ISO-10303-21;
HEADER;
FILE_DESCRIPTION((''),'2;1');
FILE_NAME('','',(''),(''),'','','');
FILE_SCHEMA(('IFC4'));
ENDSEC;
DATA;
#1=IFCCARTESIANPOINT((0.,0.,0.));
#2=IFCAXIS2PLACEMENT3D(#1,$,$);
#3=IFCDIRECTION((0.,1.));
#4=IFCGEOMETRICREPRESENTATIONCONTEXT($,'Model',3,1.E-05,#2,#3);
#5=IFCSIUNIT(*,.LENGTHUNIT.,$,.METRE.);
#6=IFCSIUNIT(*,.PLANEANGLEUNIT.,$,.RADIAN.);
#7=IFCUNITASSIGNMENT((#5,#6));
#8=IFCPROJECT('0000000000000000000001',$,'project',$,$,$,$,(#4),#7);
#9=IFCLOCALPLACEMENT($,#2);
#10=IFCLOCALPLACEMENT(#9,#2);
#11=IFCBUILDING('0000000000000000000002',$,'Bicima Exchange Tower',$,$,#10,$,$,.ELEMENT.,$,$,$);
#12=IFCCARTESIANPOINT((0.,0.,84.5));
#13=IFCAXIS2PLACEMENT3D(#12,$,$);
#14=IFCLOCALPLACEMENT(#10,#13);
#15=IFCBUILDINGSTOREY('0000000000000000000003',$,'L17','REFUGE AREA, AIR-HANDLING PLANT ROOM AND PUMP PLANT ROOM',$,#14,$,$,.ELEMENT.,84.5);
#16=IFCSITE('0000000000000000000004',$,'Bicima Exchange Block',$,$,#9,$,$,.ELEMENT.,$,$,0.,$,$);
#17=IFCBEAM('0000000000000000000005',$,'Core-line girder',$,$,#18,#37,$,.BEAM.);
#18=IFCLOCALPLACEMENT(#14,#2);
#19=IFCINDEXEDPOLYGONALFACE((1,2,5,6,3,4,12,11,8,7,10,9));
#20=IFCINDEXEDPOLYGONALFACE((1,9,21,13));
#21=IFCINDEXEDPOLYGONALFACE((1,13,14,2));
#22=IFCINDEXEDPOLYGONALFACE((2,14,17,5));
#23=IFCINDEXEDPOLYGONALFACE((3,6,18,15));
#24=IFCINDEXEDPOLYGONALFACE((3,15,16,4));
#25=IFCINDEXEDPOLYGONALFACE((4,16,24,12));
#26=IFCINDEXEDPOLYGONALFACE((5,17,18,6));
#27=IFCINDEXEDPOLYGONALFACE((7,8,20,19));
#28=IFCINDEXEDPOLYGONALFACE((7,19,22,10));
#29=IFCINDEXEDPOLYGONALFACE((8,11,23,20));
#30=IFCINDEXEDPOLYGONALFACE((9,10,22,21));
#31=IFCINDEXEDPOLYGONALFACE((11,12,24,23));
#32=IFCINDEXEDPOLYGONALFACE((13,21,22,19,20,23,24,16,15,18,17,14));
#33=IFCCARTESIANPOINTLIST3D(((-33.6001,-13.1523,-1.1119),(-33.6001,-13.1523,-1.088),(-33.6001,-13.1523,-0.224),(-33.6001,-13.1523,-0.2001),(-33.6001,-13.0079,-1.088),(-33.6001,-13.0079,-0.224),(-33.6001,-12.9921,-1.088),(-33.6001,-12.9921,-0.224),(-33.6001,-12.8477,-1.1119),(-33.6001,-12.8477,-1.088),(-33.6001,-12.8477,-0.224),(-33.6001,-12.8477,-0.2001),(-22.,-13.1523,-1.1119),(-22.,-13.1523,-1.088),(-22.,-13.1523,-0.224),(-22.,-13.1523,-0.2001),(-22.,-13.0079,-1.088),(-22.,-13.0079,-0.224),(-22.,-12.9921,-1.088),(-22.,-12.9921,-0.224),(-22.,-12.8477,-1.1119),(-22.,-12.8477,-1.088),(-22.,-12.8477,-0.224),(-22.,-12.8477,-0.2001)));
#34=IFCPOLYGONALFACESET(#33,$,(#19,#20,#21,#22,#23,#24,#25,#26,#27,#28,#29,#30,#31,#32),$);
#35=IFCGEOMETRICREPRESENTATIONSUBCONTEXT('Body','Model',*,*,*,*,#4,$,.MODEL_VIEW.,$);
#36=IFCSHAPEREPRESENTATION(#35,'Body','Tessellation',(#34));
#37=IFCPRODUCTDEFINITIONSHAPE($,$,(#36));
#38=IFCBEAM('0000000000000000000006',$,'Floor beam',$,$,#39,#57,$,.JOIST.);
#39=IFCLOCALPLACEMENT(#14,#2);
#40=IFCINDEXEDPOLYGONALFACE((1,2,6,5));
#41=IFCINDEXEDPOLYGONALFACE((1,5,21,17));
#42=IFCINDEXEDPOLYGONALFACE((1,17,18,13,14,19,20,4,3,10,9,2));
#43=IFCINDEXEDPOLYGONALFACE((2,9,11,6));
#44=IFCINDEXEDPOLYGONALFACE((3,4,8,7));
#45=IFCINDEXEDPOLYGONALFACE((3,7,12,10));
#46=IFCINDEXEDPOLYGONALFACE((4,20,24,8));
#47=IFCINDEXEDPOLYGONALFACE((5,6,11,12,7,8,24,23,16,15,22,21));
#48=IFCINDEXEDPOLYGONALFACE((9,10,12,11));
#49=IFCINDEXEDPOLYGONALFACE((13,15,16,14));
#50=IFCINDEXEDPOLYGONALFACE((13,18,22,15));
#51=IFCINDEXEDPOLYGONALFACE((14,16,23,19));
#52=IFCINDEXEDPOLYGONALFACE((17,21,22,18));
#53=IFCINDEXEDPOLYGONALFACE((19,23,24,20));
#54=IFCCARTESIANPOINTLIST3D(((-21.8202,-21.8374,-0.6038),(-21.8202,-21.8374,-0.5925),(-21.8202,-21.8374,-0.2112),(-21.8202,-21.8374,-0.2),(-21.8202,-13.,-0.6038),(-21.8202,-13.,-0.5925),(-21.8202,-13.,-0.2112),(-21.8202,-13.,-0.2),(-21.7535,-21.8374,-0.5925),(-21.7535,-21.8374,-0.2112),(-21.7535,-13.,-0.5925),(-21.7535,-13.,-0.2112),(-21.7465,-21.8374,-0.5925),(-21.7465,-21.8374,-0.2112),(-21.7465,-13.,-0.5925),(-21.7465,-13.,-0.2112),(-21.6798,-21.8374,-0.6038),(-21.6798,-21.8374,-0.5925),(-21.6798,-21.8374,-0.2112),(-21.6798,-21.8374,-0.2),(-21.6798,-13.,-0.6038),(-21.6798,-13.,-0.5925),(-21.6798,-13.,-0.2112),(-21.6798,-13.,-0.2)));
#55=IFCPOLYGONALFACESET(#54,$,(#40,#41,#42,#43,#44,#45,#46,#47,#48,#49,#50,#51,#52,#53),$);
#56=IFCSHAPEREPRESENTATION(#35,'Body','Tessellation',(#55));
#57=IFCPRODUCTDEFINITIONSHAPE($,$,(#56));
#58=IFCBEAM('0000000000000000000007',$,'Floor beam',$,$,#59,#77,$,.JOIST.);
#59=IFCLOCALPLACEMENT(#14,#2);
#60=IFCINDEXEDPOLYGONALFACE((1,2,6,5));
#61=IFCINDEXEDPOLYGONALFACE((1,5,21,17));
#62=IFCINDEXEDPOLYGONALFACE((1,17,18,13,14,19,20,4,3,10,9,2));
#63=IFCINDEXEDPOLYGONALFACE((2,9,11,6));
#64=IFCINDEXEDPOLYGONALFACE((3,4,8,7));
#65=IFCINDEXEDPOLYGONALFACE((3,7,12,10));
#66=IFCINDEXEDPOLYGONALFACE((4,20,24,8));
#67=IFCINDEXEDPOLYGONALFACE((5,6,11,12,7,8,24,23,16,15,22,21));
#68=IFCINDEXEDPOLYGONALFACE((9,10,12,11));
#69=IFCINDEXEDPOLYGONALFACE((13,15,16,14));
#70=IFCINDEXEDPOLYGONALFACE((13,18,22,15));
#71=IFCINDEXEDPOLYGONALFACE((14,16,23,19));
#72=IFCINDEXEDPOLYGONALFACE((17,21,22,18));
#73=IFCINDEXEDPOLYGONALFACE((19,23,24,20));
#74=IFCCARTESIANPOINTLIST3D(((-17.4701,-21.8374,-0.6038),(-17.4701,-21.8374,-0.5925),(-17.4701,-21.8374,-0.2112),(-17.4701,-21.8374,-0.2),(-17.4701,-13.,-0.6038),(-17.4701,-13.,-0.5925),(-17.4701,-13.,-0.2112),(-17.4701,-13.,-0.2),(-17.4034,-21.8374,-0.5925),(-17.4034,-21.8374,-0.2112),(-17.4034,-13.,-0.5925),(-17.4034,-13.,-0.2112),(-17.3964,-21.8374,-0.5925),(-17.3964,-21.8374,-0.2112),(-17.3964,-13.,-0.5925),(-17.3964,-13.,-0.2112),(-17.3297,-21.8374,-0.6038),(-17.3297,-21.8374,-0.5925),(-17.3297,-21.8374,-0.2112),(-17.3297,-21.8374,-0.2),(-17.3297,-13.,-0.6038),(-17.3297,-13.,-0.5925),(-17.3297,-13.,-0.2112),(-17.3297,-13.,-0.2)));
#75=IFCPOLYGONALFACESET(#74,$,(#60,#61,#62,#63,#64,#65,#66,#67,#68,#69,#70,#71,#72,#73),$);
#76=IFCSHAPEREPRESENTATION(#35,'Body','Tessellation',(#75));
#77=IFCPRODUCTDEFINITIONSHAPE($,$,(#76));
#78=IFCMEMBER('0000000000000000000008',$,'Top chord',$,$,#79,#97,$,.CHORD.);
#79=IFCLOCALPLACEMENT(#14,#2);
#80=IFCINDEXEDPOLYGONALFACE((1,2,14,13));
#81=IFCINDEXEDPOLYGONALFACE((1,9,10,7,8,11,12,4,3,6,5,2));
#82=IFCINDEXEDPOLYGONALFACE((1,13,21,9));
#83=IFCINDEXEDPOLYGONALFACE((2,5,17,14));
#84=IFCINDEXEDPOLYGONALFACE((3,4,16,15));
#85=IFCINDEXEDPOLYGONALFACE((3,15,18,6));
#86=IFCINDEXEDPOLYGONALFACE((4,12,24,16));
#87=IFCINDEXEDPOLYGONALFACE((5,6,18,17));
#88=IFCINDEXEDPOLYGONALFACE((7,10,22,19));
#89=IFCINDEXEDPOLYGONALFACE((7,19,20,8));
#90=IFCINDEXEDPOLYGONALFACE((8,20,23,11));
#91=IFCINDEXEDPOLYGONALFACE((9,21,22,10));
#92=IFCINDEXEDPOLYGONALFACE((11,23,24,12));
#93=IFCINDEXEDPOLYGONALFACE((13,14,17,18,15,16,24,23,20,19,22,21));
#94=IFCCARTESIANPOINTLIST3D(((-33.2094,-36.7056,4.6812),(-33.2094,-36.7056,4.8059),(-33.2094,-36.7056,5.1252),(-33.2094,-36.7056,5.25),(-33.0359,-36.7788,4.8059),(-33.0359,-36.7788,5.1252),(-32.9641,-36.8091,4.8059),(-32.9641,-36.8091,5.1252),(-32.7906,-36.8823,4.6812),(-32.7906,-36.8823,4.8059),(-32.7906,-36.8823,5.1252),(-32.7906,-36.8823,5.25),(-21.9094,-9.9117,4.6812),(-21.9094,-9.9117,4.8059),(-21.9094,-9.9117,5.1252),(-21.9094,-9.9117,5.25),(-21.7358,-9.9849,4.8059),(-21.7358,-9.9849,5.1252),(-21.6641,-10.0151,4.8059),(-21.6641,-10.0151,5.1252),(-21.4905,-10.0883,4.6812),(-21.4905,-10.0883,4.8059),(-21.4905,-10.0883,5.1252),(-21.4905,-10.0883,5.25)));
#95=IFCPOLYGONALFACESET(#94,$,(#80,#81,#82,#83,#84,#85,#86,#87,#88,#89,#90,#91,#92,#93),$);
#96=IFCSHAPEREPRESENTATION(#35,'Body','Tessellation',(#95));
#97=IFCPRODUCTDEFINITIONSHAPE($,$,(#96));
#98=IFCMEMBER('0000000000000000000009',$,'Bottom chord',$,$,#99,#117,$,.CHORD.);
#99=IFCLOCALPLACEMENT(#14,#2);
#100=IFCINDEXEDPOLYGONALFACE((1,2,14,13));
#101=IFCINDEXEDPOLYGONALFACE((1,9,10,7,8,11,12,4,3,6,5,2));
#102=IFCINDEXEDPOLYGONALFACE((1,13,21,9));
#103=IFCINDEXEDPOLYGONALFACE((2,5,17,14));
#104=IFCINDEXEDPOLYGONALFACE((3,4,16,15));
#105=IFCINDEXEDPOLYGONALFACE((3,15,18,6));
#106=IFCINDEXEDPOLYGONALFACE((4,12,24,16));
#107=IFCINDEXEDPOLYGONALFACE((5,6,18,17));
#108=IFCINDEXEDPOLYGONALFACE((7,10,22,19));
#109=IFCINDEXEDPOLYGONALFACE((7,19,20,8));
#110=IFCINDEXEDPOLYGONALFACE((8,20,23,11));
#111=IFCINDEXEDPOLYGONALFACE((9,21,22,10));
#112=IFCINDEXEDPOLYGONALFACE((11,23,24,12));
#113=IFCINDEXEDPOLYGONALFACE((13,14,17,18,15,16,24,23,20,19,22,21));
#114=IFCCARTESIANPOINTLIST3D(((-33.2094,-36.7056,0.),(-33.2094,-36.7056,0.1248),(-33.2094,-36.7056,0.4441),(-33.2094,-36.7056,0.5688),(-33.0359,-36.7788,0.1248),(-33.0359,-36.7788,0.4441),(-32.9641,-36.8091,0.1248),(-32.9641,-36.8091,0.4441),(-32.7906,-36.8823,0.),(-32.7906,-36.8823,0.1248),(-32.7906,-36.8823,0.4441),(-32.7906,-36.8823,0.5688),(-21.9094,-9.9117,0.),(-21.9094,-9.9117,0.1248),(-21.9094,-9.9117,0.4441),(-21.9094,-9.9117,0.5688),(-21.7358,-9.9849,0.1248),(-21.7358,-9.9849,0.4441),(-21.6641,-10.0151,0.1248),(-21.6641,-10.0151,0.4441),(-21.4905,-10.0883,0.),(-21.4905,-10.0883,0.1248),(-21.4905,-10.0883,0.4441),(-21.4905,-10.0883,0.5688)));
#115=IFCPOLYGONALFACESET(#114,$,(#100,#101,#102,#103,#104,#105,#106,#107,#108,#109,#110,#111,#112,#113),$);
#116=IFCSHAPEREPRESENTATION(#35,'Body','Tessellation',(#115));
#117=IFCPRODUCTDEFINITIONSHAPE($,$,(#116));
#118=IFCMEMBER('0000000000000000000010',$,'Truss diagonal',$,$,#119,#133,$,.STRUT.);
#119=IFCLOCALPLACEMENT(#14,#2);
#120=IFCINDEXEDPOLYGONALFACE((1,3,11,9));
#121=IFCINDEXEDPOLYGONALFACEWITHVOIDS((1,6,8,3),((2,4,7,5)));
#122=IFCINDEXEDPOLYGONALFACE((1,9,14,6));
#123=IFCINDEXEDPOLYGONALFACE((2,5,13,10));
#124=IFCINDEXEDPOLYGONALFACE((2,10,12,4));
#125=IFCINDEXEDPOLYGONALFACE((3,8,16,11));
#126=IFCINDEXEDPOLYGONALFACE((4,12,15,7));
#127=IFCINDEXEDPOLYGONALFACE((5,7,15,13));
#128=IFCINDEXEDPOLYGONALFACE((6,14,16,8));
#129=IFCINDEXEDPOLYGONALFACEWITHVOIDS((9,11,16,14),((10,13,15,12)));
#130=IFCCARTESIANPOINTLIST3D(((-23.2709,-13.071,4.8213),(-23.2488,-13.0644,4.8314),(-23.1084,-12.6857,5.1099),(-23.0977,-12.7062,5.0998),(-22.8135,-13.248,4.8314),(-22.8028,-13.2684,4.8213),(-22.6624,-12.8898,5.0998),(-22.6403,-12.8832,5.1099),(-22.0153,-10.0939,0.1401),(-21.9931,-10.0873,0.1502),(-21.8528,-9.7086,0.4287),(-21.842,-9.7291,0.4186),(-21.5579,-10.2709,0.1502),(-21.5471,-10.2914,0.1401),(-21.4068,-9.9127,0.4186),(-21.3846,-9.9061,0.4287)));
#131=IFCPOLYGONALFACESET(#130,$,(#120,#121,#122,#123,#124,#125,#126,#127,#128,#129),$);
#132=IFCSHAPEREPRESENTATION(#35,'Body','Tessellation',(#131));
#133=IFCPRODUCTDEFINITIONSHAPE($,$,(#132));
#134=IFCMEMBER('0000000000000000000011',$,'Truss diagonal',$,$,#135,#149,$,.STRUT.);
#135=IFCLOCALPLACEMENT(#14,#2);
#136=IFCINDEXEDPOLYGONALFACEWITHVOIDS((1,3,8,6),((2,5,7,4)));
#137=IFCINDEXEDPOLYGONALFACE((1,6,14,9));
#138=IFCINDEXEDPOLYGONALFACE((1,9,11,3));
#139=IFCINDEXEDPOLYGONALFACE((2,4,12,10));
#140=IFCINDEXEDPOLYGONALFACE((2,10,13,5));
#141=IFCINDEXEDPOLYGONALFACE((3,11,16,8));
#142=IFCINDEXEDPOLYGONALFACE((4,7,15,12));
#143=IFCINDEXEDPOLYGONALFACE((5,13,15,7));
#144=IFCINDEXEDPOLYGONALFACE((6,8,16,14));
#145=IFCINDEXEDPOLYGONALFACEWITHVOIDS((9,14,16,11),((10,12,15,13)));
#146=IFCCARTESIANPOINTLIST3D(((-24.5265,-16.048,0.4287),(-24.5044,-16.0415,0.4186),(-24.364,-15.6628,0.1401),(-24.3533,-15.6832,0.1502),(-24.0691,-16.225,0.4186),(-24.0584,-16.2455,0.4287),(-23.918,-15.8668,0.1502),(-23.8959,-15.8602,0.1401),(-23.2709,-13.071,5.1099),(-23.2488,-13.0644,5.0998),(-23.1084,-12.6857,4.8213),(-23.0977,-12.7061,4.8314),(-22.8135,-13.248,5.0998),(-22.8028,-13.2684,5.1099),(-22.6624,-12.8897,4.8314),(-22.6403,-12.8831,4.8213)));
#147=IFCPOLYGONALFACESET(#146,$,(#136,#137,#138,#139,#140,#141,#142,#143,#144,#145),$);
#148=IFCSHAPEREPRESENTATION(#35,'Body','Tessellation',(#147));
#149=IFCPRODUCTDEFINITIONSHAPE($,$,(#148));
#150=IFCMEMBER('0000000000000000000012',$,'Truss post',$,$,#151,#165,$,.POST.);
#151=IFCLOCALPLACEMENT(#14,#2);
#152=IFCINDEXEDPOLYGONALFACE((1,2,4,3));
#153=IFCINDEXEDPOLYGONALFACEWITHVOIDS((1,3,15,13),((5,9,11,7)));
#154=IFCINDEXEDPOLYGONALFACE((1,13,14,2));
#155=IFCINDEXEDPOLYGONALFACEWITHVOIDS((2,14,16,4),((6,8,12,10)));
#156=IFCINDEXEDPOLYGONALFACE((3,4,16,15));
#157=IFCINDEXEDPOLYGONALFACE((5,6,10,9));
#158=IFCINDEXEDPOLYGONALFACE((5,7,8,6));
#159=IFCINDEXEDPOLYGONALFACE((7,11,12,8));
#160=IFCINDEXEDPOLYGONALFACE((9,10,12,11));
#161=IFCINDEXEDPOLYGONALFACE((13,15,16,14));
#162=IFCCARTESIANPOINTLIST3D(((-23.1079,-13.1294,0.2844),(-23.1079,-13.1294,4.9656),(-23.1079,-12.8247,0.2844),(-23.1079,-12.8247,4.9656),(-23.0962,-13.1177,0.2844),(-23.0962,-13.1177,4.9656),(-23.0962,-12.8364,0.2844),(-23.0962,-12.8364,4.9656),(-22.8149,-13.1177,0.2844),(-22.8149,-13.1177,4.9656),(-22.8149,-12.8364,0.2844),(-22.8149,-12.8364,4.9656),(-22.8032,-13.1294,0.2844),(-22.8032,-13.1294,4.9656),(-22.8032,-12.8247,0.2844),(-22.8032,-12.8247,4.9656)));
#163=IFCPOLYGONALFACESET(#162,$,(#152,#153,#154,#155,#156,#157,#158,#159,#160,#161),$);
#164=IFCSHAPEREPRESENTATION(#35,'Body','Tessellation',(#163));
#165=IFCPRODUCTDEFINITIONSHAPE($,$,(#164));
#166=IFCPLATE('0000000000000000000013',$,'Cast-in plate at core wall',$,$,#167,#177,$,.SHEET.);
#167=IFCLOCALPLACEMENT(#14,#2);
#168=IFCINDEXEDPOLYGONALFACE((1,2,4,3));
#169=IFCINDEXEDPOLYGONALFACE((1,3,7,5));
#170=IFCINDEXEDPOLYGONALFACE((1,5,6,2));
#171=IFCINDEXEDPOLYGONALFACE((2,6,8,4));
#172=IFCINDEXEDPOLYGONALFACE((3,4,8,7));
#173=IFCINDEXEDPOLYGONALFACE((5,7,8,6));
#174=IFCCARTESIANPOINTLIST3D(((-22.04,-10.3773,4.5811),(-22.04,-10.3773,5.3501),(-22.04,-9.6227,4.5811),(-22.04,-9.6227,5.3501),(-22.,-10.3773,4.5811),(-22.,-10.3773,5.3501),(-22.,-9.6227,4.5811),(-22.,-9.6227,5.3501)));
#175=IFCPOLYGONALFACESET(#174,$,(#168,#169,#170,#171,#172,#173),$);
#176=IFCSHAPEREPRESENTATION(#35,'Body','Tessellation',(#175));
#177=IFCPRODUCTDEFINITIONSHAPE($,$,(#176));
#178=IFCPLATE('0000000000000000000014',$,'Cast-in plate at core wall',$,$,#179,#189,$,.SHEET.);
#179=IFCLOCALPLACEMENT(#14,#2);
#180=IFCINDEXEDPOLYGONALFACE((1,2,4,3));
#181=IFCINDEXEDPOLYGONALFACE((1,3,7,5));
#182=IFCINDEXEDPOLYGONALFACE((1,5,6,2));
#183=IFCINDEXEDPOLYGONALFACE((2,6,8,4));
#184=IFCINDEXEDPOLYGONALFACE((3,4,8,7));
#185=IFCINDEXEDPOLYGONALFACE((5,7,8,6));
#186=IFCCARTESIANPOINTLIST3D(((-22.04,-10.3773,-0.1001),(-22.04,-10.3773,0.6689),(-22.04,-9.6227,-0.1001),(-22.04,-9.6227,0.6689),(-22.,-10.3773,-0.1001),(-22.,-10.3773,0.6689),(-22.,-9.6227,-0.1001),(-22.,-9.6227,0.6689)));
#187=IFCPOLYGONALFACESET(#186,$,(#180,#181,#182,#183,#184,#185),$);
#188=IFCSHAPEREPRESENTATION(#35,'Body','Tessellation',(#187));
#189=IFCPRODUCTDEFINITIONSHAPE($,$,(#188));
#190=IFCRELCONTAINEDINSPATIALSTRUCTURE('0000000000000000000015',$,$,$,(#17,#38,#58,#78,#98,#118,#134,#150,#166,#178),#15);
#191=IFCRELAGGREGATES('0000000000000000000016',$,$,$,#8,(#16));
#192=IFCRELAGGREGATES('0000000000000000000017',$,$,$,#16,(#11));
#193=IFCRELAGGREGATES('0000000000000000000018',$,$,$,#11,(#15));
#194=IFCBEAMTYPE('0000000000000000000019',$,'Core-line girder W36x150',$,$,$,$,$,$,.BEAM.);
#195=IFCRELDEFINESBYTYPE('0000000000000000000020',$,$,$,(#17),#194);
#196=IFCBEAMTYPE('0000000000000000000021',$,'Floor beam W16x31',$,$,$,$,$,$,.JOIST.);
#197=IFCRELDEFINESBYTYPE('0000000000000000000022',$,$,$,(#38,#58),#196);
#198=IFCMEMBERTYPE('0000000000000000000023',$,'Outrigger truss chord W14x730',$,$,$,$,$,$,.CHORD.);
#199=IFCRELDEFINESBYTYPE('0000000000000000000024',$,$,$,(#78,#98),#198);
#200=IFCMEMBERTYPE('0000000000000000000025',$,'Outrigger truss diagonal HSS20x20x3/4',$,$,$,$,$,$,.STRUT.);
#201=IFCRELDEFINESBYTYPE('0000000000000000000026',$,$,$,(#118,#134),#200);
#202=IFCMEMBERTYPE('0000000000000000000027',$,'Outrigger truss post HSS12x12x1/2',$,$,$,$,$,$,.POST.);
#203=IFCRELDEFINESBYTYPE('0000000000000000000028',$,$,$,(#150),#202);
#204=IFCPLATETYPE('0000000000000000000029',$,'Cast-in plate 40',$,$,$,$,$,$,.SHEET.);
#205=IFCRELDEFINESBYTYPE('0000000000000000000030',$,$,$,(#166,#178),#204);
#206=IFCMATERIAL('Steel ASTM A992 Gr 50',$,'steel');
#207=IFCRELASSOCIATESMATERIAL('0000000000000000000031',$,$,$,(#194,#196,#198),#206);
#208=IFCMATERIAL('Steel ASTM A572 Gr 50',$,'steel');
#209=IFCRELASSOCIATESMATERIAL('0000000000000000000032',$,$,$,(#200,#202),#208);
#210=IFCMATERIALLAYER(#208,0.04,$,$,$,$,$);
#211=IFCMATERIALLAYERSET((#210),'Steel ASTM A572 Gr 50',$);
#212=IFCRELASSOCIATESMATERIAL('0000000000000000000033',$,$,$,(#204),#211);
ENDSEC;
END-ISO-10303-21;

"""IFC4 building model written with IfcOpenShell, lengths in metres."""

from ifc_helpers import new_model, si_unit, direction, frame, origin, origin_2d, place, context, subcontext, project, spatial, rectangle, hollow_rectangle, i_section, extrude, material, layer, layer_set, material_profile, profile_set, type_object, element, save


model = new_model("IFC4")

# Units and contexts
model_context = context("Model", 3, precision=1e-05, world=origin(), true_north=direction((0.0, 1.0)))
body_context = subcontext(model_context, "Body", "Model", "MODEL_VIEW")
ifc_project = project(units=[si_unit("LENGTHUNIT", "METRE"), si_unit("PLANEANGLEUNIT", "RADIAN")], contexts=[model_context])

# Site, building, storey
site_placement = place(None, origin())
site = spatial("IfcSite", under=ifc_project, at=site_placement, Name="Bicima Exchange Block", CompositionType="ELEMENT", RefElevation=0.0)
building_placement = place(site_placement, origin())
building = spatial("IfcBuilding", under=site, at=building_placement, Name="Bicima Exchange Tower", CompositionType="ELEMENT")
storey_placement = place(building_placement, frame((0.0, 0.0, 84.5)))
storey = spatial("IfcBuildingStorey", under=building, at=storey_placement, Name="L17", Description="REFUGE AREA, AIR-HANDLING PLANT ROOM AND PUMP PLANT ROOM", CompositionType="ELEMENT", Elevation=84.5)

# Beams
ifc_material_1 = material(Name="Steel ASTM A992 Gr 50", Category="steel")
ifc_material_profile_1 = material_profile(ifc_material_1, i_section(OverallWidth=0.3047, OverallDepth=0.9119, WebThickness=0.0159, FlangeThickness=0.0239, at=origin_2d()))
ifc_profile_set_1 = profile_set([ifc_material_profile_1], Name="Steel ASTM A992 Gr 50")
beam_type_1 = type_object("IfcBeamType", Name="Core-line girder W36x150", PredefinedType="BEAM", material=ifc_profile_set_1)
beam_placement = place(storey_placement, frame((-22.0, -13.0, -0.656), z_axis=(-1.0, 0.0, 0.0), x_axis=(0.0, -1.0, 0.0)))
element("IfcBeam", 1, at=beam_placement, inside=storey, type_object=beam_type_1, Name="Core-line girder", PredefinedType="BEAM", context=body_context, shape_type="SweptSolid", body=[
    extrude(i_section(OverallWidth=0.3047, OverallDepth=0.9119, WebThickness=0.0159, FlangeThickness=0.0239, at=origin_2d()), origin(), (0.0, 0.0, 1.0), 11.6001),
])
ifc_material_profile_2 = material_profile(ifc_material_1, i_section(OverallWidth=0.1404, OverallDepth=0.4038, WebThickness=0.0071, FlangeThickness=0.0112, at=origin_2d()))
ifc_profile_set_2 = profile_set([ifc_material_profile_2], Name="Steel ASTM A992 Gr 50")
beam_type_2 = type_object("IfcBeamType", Name="Floor beam W16x31", PredefinedType="JOIST", material=ifc_profile_set_2)
for number, where, z_axis, x_axis, name in (
    (2, (-21.75, -13.0, -0.4019), (0.0, -1.0, 0.0), (1.0, 0.0, 0.0), "Floor beam"),
    (3, (-17.3999, -13.0, -0.4019), (0.0, -1.0, 0.0), (1.0, 0.0, 0.0), "Floor beam"),
):
    element("IfcBeam", number, at=place(storey_placement, frame(where, z_axis=z_axis, x_axis=x_axis)), inside=storey, type_object=beam_type_2, Name=name, PredefinedType="JOIST", context=body_context, shape_type="SweptSolid", body=[
        extrude(i_section(OverallWidth=0.1404, OverallDepth=0.4038, WebThickness=0.0071, FlangeThickness=0.0112, at=origin_2d()), origin(), (0.0, 0.0, 1.0), 8.8374),
    ])

# Members
ifc_material_profile_3 = material_profile(ifc_material_1, i_section(OverallWidth=0.4546, OverallDepth=0.5688, WebThickness=0.0779, FlangeThickness=0.1248, at=origin_2d()))
ifc_profile_set_3 = profile_set([ifc_material_profile_3], Name="Steel ASTM A992 Gr 50")
member_type_1 = type_object("IfcMemberType", Name="Outrigger truss chord W14x730", PredefinedType="CHORD", material=ifc_profile_set_3)
for number, where, z_axis, x_axis, name in (
    (4, (-21.7, -10.0, 4.9656), (-0.388594, -0.921409, 0.0), (0.921409, -0.388594, 0.0), "Top chord"),
    (5, (-21.7, -10.0, 0.2844), (-0.388594, -0.921409, 0.0), (0.921409, -0.388594, 0.0), "Bottom chord"),
):
    element("IfcMember", number, at=place(storey_placement, frame(where, z_axis=z_axis, x_axis=x_axis)), inside=storey, type_object=member_type_1, Name=name, PredefinedType="CHORD", context=body_context, shape_type="SweptSolid", body=[
        extrude(i_section(OverallWidth=0.4546, OverallDepth=0.5688, WebThickness=0.0779, FlangeThickness=0.1248, at=origin_2d()), origin(), (0.0, 0.0, 1.0), 29.0793),
    ])
ifc_material_2 = material(Name="Steel ASTM A572 Gr 50", Category="steel")
ifc_material_profile_4 = material_profile(ifc_material_2, hollow_rectangle(XDim=0.5081, YDim=0.5081, WallThickness=0.0178, at=origin_2d()))
ifc_profile_set_4 = profile_set([ifc_material_profile_4], Name="Steel ASTM A572 Gr 50")
member_type_2 = type_object("IfcMemberType", Name="Outrigger truss diagonal HSS20x20x3/4", PredefinedType="STRUT", material=ifc_profile_set_4)
for number, where, z_axis, x_axis, name in (
    (6, (-21.7, -10.0, 0.2844), (-0.220751, -0.523398, 0.822997), (0.921401, -0.388614, 0.0), "Truss diagonal"),
    (7, (-22.9556, -12.9771, 4.9656), (-0.220751, -0.523398, -0.822997), (0.921401, -0.388614, 0.0), "Truss diagonal"),
):
    element("IfcMember", number, at=place(storey_placement, frame(where, z_axis=z_axis, x_axis=x_axis)), inside=storey, type_object=member_type_2, Name=name, PredefinedType="STRUT", context=body_context, shape_type="SweptSolid", body=[
        extrude(hollow_rectangle(XDim=0.5081, YDim=0.5081, WallThickness=0.0178, at=origin_2d()), origin(), (0.0, 0.0, 1.0), 5.688),
    ])
ifc_material_profile_5 = material_profile(ifc_material_2, hollow_rectangle(XDim=0.3047, YDim=0.3047, WallThickness=0.0117, at=origin_2d()))
ifc_profile_set_5 = profile_set([ifc_material_profile_5], Name="Steel ASTM A572 Gr 50")
member_type_3 = type_object("IfcMemberType", Name="Outrigger truss post HSS12x12x1/2", PredefinedType="POST", material=ifc_profile_set_5)
member_placement = place(storey_placement, frame((-22.9556, -12.9771, 0.2844), z_axis=(0.0, 0.0, 1.0), x_axis=(1.0, 0.0, 0.0)))
element("IfcMember", 8, at=member_placement, inside=storey, type_object=member_type_3, Name="Truss post", PredefinedType="POST", context=body_context, shape_type="SweptSolid", body=[
    extrude(hollow_rectangle(XDim=0.3047, YDim=0.3047, WallThickness=0.0117, at=origin_2d()), origin(), (0.0, 0.0, 1.0), 4.6812),
])

# Plates
ifc_layer_1 = layer(ifc_material_2, 0.04)
ifc_layer_set_1 = layer_set([ifc_layer_1], Name="Steel ASTM A572 Gr 50")
plate_type = type_object("IfcPlateType", Name="Cast-in plate 40", PredefinedType="SHEET", material=ifc_layer_set_1)
for number, where, z_axis, x_axis, name in (
    (9, (-22.02, -10.0, 4.5811), (0.0, 0.0, 1.0), (1.0, 0.0, 0.0), "Cast-in plate at core wall"),
    (10, (-22.02, -10.0, -0.1001), (0.0, 0.0, 1.0), (1.0, 0.0, 0.0), "Cast-in plate at core wall"),
):
    element("IfcPlate", number, at=place(storey_placement, frame(where, z_axis=z_axis, x_axis=x_axis)), inside=storey, type_object=plate_type, Name=name, PredefinedType="SHEET", context=body_context, shape_type="SweptSolid", body=[
        extrude(rectangle(XDim=0.04, YDim=0.7546, at=origin_2d()), origin(), (0.0, 0.0, 1.0), 0.769),
    ])

save(model, "model.ifc")
